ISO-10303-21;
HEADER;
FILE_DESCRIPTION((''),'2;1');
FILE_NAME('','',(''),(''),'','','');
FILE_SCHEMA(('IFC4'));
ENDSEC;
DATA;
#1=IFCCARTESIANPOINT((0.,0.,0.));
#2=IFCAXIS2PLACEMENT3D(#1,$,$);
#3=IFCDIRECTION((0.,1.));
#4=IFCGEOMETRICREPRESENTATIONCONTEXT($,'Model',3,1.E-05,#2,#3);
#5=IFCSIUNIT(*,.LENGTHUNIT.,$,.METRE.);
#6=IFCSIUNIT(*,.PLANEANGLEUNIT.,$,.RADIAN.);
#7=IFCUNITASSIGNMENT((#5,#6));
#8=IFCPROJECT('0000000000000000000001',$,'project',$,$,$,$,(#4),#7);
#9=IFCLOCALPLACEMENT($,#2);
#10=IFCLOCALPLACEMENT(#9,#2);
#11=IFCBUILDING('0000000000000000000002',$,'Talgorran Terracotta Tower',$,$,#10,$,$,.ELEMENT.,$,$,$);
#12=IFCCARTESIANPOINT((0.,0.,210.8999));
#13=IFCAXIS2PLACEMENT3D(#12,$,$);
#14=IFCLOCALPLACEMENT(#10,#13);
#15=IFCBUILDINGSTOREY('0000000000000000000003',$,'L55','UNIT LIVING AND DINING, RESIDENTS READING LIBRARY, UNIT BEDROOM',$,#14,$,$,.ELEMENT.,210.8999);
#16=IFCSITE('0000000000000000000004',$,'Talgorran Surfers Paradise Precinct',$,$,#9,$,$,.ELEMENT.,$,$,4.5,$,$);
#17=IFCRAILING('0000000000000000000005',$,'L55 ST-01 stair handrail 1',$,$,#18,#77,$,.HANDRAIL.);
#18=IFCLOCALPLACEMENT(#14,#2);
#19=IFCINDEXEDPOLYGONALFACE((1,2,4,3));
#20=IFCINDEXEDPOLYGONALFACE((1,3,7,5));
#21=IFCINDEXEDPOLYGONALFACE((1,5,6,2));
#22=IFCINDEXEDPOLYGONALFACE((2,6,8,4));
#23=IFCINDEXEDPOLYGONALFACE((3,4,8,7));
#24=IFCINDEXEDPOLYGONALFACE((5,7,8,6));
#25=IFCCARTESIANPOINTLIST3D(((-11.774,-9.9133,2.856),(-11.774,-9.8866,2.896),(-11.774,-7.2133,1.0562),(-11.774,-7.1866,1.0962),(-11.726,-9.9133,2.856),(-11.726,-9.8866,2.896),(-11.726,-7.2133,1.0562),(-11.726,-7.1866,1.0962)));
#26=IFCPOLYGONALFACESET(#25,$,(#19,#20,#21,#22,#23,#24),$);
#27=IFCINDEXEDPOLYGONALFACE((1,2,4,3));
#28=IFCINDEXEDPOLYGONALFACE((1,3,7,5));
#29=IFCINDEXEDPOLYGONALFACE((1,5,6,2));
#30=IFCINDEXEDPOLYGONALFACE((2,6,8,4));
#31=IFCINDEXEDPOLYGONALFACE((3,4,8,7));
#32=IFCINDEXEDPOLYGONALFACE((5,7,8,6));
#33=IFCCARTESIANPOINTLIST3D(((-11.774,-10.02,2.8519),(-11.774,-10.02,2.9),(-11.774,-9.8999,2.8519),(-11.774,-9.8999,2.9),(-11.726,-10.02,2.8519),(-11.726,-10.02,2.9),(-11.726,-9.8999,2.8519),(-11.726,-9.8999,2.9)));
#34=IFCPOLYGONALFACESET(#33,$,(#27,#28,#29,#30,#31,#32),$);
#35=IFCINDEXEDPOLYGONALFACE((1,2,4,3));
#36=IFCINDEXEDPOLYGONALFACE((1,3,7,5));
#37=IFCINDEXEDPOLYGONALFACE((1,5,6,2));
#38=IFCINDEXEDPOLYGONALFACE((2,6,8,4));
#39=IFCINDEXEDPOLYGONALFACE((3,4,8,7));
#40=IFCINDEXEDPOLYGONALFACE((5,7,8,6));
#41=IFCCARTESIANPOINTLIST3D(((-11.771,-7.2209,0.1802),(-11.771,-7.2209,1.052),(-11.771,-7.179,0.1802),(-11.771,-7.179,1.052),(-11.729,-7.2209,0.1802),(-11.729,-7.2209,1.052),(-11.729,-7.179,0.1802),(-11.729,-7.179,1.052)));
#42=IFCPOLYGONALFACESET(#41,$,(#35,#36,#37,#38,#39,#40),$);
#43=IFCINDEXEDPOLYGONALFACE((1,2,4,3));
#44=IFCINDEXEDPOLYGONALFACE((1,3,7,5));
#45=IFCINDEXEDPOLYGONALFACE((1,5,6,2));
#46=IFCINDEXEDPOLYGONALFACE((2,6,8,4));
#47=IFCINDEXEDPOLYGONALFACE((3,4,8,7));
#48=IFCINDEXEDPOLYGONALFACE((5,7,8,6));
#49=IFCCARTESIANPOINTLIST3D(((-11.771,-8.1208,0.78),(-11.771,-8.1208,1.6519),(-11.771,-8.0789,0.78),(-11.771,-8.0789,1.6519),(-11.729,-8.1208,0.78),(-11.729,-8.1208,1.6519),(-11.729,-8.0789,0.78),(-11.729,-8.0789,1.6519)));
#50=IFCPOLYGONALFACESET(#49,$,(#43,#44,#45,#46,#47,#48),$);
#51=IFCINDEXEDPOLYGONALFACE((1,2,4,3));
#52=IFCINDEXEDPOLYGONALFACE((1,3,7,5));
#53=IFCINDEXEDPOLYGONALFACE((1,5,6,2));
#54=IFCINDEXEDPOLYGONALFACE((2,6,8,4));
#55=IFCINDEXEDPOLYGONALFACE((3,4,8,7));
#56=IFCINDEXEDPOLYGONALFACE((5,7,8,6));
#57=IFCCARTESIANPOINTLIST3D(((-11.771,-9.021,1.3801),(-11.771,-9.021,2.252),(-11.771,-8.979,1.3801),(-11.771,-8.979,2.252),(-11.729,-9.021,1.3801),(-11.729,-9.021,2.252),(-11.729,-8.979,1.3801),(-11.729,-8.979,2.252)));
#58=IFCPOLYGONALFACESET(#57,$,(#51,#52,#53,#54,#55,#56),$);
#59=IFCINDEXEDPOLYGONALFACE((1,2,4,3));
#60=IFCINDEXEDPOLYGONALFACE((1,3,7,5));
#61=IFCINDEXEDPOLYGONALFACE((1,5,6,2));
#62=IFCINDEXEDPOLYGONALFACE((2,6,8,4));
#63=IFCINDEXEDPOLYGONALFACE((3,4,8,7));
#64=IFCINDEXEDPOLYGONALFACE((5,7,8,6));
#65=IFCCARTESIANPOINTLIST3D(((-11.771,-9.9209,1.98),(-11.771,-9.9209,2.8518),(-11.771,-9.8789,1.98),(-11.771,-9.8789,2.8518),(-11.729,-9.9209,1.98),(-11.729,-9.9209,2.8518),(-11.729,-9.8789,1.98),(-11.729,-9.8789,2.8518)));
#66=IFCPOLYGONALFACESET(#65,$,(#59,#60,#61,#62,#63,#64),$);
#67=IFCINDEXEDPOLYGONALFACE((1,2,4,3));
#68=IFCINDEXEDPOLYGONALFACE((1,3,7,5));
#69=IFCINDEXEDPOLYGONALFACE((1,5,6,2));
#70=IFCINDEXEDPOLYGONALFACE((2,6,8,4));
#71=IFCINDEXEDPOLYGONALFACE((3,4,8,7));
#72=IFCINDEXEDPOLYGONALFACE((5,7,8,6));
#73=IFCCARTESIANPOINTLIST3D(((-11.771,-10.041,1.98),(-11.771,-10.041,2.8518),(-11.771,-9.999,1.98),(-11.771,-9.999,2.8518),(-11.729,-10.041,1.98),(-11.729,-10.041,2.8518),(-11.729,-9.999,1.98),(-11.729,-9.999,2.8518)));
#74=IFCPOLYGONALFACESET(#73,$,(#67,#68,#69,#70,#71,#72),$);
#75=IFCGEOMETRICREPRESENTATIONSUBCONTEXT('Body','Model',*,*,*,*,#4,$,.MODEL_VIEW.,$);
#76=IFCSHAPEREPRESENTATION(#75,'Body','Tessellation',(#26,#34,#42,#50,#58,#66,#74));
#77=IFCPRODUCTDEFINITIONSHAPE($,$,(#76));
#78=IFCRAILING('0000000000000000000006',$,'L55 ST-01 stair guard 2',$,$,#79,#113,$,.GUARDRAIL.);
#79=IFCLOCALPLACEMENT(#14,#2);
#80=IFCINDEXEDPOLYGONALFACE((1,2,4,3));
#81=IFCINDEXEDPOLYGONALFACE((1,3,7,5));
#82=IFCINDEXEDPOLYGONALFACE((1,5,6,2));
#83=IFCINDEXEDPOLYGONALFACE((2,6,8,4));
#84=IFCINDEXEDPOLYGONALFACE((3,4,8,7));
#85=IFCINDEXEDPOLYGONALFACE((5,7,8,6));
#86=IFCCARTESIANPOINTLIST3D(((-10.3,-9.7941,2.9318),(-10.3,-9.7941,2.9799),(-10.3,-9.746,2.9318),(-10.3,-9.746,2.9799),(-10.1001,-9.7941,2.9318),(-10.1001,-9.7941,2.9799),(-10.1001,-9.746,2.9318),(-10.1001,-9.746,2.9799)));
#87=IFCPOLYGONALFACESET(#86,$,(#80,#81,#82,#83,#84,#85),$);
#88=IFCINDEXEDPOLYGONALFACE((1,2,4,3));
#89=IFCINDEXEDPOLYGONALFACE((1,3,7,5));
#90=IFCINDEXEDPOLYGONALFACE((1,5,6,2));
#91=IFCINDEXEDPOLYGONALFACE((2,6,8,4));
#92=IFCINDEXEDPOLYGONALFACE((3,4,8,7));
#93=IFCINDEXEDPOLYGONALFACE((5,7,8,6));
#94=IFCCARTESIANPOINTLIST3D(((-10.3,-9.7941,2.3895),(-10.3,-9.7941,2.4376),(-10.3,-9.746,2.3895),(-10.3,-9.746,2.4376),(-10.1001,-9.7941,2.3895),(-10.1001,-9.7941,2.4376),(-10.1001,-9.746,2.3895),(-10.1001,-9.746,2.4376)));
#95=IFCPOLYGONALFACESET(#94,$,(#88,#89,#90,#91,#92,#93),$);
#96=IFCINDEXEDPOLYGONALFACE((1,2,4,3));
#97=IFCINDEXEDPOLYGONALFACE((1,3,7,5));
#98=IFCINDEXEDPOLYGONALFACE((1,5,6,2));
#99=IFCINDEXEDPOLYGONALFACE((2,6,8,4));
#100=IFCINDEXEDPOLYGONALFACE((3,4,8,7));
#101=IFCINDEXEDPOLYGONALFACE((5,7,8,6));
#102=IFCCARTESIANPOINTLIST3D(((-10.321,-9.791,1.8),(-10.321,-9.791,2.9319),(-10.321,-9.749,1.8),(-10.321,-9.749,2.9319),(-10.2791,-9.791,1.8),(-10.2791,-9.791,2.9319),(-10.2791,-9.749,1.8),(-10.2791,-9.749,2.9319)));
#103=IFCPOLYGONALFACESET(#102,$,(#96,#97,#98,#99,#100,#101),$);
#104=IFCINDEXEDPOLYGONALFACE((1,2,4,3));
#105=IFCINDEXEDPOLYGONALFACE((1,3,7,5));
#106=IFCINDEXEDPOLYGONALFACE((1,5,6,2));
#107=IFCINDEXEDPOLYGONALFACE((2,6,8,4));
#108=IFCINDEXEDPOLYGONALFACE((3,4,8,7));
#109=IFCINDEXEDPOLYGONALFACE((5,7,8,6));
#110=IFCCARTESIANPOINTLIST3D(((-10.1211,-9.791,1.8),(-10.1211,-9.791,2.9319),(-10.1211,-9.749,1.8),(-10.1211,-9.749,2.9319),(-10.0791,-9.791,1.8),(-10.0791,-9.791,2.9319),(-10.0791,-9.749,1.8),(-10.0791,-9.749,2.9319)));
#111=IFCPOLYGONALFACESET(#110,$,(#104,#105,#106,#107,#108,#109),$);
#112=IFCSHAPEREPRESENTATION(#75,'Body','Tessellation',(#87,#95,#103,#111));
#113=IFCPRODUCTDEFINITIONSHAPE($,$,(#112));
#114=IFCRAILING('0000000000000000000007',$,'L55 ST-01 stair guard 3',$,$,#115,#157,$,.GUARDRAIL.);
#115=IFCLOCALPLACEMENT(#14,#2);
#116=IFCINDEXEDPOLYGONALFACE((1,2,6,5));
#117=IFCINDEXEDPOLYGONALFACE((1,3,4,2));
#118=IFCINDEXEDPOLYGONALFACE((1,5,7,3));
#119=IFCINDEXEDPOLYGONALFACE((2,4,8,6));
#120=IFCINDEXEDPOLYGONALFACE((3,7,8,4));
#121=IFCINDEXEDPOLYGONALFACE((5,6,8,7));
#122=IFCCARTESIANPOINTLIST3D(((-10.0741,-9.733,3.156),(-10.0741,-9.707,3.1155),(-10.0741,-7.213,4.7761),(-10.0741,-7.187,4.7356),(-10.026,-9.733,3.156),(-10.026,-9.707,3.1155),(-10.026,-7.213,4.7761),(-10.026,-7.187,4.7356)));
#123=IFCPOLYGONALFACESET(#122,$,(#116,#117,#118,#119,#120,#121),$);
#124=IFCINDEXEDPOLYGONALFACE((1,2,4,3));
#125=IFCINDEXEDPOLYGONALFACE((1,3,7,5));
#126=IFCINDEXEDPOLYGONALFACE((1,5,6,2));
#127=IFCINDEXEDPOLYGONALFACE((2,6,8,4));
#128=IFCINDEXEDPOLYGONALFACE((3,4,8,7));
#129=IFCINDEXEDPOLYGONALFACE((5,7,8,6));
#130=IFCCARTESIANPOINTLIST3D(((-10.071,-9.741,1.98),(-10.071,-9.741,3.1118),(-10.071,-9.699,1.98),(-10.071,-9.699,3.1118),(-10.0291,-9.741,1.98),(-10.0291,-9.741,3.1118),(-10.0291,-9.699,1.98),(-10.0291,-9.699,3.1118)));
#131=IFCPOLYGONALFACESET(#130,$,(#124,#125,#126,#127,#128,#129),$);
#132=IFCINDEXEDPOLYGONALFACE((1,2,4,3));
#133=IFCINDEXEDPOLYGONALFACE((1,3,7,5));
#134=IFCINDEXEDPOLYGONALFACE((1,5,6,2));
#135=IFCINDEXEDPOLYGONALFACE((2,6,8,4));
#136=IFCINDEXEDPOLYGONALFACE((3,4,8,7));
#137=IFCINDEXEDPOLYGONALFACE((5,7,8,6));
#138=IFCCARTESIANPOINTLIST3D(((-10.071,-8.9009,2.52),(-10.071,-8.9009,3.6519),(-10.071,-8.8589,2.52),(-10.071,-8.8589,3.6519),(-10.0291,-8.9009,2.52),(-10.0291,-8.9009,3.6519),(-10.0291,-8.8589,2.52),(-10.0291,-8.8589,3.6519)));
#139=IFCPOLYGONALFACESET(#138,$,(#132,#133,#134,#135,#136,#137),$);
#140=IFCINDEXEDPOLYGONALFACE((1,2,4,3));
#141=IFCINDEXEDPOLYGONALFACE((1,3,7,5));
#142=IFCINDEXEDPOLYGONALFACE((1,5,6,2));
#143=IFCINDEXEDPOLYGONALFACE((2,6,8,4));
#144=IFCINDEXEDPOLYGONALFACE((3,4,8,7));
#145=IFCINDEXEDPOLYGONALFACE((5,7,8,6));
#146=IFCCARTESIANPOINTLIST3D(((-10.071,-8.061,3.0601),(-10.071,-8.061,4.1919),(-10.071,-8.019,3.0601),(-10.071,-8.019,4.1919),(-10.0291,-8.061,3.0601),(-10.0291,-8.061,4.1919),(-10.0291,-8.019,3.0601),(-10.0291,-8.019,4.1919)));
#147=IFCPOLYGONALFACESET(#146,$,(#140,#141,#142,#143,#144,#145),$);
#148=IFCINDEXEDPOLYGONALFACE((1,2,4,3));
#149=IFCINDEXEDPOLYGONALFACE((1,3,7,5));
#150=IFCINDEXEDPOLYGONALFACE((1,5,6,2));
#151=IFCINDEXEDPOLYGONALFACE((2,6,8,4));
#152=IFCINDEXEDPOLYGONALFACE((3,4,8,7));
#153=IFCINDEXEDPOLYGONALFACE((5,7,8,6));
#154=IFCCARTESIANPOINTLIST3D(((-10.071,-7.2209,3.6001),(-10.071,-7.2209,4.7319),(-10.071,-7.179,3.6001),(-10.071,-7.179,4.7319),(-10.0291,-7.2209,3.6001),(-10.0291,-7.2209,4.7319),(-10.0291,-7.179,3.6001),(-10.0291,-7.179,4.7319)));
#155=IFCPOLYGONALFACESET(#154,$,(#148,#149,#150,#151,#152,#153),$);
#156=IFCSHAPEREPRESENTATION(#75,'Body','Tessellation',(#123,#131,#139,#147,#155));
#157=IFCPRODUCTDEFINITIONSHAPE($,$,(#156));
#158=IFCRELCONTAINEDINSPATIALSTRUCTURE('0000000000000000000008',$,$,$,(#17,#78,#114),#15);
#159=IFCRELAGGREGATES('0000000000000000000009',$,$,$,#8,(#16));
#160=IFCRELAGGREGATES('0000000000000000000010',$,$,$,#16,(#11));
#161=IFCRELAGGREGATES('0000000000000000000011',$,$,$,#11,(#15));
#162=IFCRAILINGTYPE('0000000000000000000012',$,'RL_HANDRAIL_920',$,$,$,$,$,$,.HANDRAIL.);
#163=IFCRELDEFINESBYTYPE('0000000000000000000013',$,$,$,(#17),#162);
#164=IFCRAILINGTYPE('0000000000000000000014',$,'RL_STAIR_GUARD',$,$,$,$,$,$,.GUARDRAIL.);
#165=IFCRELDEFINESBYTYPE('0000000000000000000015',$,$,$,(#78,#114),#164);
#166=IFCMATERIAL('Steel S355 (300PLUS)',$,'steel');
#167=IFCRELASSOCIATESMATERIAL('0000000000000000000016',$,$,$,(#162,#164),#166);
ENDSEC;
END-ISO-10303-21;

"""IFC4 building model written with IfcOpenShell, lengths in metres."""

from ifc_helpers import new_model, si_unit, direction, frame, origin, origin_2d, place, context, subcontext, project, spatial, rectangle, extrude, material, type_object, element, save


model = new_model("IFC4")

# Units and contexts
model_context = context("Model", 3, precision=1e-05, world=origin(), true_north=direction((0.0, 1.0)))
body_context = subcontext(model_context, "Body", "Model", "MODEL_VIEW")
ifc_project = project(units=[si_unit("LENGTHUNIT", "METRE"), si_unit("PLANEANGLEUNIT", "RADIAN")], contexts=[model_context])

# Site, building, storey
site_placement = place(None, origin())
site = spatial("IfcSite", under=ifc_project, at=site_placement, Name="Talgorran Surfers Paradise Precinct", CompositionType="ELEMENT", RefElevation=4.5)
building_placement = place(site_placement, origin())
building = spatial("IfcBuilding", under=site, at=building_placement, Name="Talgorran Terracotta Tower", CompositionType="ELEMENT")
storey_placement = place(building_placement, frame((0.0, 0.0, 210.8999)))
storey = spatial("IfcBuildingStorey", under=building, at=storey_placement, Name="L55", Description="UNIT LIVING AND DINING, RESIDENTS READING LIBRARY, UNIT BEDROOM", CompositionType="ELEMENT", Elevation=210.8999)

# Shared definitions
ifc_material_1 = material(Name="Steel S355 (300PLUS)", Category="steel")

# Railings
railing_type_1 = type_object("IfcRailingType", Name="RL_HANDRAIL_920", PredefinedType="HANDRAIL", material=ifc_material_1)
railing_1_placement = place(storey_placement, frame((-11.75, -7.2, 0.1802)))
element("IfcRailing", 1, at=railing_1_placement, inside=storey, type_object=railing_type_1, Name="L55 ST-01 stair handrail 1", PredefinedType="HANDRAIL", context=body_context, shape_type="SweptSolid", body=[
    extrude(rectangle(XDim=0.0481, YDim=0.0481, at=origin_2d()), frame((0.0, 0.0, 0.896), z_axis=(0.0, -0.832073, 0.554665), x_axis=(1.0, 0.0, 0.0)), (0.0, 0.0, 1.0), 3.2449),
    extrude(rectangle(XDim=0.0481, YDim=0.0481, at=origin_2d()), frame((0.0, -2.7, 2.6958), z_axis=(0.0, -1.0, 0.0), x_axis=(1.0, 0.0, 0.0)), (0.0, 0.0, 1.0), 0.1201),
    extrude(rectangle(XDim=0.042, YDim=0.042, at=origin_2d()), origin(), (0.0, 0.0, 1.0), 0.8718),
    extrude(rectangle(XDim=0.042, YDim=0.042, at=origin_2d()), frame((0.0, -0.8999, 0.5999)), (0.0, 0.0, 1.0), 0.8718),
    extrude(rectangle(XDim=0.042, YDim=0.042, at=origin_2d()), frame((0.0, -1.8, 1.2)), (0.0, 0.0, 1.0), 0.8718),
    extrude(rectangle(XDim=0.042, YDim=0.042, at=origin_2d()), frame((0.0, -2.7, 1.7998)), (0.0, 0.0, 1.0), 0.8718),
    extrude(rectangle(XDim=0.042, YDim=0.042, at=origin_2d()), frame((0.0, -2.8201, 1.7998)), (0.0, 0.0, 1.0), 0.8718),
])
railing_type_2 = type_object("IfcRailingType", Name="RL_STAIR_GUARD", PredefinedType="GUARDRAIL", material=ifc_material_1)
railing_2_placement = place(storey_placement, frame((-10.3, -9.77, 1.8)))
element("IfcRailing", 2, at=railing_2_placement, inside=storey, type_object=railing_type_2, Name="L55 ST-01 stair guard 2", PredefinedType="GUARDRAIL", context=body_context, shape_type="SweptSolid", body=[
    extrude(rectangle(XDim=0.0481, YDim=0.0481, at=origin_2d()), frame((0.0, 0.0, 1.1558), z_axis=(1.0, 0.0, 0.0), x_axis=(0.0, 1.0, 0.0)), (0.0, 0.0, 1.0), 0.2),
    extrude(rectangle(XDim=0.0481, YDim=0.0481, at=origin_2d()), frame((0.0, 0.0, 0.6135), z_axis=(1.0, 0.0, 0.0), x_axis=(0.0, 1.0, 0.0)), (0.0, 0.0, 1.0), 0.2),
    extrude(rectangle(XDim=0.042, YDim=0.042, at=origin_2d()), origin(), (0.0, 0.0, 1.0), 1.1318),
    extrude(rectangle(XDim=0.042, YDim=0.042, at=origin_2d()), frame((0.2, 0.0, 0.0)), (0.0, 0.0, 1.0), 1.1318),
])
railing_3_placement = place(storey_placement, frame((-10.05, -9.72, 1.98)))
element("IfcRailing", 3, at=railing_3_placement, inside=storey, type_object=railing_type_2, Name="L55 ST-01 stair guard 3", PredefinedType="GUARDRAIL", context=body_context, shape_type="SweptSolid", body=[
    extrude(rectangle(XDim=0.0481, YDim=0.0481, at=origin_2d()), frame((0.0, 0.0, 1.1558), z_axis=(0.0, 0.841163, 0.540782), x_axis=(-1.0, 0.0, 0.0)), (0.0, 0.0, 1.0), 2.9958),
    extrude(rectangle(XDim=0.042, YDim=0.042, at=origin_2d()), origin(), (0.0, 0.0, 1.0), 1.1318),
    extrude(rectangle(XDim=0.042, YDim=0.042, at=origin_2d()), frame((0.0, 0.8401, 0.54)), (0.0, 0.0, 1.0), 1.1318),
    extrude(rectangle(XDim=0.042, YDim=0.042, at=origin_2d()), frame((0.0, 1.6799, 1.0801)), (0.0, 0.0, 1.0), 1.1318),
    extrude(rectangle(XDim=0.042, YDim=0.042, at=origin_2d()), frame((0.0, 2.52, 1.6201)), (0.0, 0.0, 1.0), 1.1318),
])

save(model, "model.ifc")
